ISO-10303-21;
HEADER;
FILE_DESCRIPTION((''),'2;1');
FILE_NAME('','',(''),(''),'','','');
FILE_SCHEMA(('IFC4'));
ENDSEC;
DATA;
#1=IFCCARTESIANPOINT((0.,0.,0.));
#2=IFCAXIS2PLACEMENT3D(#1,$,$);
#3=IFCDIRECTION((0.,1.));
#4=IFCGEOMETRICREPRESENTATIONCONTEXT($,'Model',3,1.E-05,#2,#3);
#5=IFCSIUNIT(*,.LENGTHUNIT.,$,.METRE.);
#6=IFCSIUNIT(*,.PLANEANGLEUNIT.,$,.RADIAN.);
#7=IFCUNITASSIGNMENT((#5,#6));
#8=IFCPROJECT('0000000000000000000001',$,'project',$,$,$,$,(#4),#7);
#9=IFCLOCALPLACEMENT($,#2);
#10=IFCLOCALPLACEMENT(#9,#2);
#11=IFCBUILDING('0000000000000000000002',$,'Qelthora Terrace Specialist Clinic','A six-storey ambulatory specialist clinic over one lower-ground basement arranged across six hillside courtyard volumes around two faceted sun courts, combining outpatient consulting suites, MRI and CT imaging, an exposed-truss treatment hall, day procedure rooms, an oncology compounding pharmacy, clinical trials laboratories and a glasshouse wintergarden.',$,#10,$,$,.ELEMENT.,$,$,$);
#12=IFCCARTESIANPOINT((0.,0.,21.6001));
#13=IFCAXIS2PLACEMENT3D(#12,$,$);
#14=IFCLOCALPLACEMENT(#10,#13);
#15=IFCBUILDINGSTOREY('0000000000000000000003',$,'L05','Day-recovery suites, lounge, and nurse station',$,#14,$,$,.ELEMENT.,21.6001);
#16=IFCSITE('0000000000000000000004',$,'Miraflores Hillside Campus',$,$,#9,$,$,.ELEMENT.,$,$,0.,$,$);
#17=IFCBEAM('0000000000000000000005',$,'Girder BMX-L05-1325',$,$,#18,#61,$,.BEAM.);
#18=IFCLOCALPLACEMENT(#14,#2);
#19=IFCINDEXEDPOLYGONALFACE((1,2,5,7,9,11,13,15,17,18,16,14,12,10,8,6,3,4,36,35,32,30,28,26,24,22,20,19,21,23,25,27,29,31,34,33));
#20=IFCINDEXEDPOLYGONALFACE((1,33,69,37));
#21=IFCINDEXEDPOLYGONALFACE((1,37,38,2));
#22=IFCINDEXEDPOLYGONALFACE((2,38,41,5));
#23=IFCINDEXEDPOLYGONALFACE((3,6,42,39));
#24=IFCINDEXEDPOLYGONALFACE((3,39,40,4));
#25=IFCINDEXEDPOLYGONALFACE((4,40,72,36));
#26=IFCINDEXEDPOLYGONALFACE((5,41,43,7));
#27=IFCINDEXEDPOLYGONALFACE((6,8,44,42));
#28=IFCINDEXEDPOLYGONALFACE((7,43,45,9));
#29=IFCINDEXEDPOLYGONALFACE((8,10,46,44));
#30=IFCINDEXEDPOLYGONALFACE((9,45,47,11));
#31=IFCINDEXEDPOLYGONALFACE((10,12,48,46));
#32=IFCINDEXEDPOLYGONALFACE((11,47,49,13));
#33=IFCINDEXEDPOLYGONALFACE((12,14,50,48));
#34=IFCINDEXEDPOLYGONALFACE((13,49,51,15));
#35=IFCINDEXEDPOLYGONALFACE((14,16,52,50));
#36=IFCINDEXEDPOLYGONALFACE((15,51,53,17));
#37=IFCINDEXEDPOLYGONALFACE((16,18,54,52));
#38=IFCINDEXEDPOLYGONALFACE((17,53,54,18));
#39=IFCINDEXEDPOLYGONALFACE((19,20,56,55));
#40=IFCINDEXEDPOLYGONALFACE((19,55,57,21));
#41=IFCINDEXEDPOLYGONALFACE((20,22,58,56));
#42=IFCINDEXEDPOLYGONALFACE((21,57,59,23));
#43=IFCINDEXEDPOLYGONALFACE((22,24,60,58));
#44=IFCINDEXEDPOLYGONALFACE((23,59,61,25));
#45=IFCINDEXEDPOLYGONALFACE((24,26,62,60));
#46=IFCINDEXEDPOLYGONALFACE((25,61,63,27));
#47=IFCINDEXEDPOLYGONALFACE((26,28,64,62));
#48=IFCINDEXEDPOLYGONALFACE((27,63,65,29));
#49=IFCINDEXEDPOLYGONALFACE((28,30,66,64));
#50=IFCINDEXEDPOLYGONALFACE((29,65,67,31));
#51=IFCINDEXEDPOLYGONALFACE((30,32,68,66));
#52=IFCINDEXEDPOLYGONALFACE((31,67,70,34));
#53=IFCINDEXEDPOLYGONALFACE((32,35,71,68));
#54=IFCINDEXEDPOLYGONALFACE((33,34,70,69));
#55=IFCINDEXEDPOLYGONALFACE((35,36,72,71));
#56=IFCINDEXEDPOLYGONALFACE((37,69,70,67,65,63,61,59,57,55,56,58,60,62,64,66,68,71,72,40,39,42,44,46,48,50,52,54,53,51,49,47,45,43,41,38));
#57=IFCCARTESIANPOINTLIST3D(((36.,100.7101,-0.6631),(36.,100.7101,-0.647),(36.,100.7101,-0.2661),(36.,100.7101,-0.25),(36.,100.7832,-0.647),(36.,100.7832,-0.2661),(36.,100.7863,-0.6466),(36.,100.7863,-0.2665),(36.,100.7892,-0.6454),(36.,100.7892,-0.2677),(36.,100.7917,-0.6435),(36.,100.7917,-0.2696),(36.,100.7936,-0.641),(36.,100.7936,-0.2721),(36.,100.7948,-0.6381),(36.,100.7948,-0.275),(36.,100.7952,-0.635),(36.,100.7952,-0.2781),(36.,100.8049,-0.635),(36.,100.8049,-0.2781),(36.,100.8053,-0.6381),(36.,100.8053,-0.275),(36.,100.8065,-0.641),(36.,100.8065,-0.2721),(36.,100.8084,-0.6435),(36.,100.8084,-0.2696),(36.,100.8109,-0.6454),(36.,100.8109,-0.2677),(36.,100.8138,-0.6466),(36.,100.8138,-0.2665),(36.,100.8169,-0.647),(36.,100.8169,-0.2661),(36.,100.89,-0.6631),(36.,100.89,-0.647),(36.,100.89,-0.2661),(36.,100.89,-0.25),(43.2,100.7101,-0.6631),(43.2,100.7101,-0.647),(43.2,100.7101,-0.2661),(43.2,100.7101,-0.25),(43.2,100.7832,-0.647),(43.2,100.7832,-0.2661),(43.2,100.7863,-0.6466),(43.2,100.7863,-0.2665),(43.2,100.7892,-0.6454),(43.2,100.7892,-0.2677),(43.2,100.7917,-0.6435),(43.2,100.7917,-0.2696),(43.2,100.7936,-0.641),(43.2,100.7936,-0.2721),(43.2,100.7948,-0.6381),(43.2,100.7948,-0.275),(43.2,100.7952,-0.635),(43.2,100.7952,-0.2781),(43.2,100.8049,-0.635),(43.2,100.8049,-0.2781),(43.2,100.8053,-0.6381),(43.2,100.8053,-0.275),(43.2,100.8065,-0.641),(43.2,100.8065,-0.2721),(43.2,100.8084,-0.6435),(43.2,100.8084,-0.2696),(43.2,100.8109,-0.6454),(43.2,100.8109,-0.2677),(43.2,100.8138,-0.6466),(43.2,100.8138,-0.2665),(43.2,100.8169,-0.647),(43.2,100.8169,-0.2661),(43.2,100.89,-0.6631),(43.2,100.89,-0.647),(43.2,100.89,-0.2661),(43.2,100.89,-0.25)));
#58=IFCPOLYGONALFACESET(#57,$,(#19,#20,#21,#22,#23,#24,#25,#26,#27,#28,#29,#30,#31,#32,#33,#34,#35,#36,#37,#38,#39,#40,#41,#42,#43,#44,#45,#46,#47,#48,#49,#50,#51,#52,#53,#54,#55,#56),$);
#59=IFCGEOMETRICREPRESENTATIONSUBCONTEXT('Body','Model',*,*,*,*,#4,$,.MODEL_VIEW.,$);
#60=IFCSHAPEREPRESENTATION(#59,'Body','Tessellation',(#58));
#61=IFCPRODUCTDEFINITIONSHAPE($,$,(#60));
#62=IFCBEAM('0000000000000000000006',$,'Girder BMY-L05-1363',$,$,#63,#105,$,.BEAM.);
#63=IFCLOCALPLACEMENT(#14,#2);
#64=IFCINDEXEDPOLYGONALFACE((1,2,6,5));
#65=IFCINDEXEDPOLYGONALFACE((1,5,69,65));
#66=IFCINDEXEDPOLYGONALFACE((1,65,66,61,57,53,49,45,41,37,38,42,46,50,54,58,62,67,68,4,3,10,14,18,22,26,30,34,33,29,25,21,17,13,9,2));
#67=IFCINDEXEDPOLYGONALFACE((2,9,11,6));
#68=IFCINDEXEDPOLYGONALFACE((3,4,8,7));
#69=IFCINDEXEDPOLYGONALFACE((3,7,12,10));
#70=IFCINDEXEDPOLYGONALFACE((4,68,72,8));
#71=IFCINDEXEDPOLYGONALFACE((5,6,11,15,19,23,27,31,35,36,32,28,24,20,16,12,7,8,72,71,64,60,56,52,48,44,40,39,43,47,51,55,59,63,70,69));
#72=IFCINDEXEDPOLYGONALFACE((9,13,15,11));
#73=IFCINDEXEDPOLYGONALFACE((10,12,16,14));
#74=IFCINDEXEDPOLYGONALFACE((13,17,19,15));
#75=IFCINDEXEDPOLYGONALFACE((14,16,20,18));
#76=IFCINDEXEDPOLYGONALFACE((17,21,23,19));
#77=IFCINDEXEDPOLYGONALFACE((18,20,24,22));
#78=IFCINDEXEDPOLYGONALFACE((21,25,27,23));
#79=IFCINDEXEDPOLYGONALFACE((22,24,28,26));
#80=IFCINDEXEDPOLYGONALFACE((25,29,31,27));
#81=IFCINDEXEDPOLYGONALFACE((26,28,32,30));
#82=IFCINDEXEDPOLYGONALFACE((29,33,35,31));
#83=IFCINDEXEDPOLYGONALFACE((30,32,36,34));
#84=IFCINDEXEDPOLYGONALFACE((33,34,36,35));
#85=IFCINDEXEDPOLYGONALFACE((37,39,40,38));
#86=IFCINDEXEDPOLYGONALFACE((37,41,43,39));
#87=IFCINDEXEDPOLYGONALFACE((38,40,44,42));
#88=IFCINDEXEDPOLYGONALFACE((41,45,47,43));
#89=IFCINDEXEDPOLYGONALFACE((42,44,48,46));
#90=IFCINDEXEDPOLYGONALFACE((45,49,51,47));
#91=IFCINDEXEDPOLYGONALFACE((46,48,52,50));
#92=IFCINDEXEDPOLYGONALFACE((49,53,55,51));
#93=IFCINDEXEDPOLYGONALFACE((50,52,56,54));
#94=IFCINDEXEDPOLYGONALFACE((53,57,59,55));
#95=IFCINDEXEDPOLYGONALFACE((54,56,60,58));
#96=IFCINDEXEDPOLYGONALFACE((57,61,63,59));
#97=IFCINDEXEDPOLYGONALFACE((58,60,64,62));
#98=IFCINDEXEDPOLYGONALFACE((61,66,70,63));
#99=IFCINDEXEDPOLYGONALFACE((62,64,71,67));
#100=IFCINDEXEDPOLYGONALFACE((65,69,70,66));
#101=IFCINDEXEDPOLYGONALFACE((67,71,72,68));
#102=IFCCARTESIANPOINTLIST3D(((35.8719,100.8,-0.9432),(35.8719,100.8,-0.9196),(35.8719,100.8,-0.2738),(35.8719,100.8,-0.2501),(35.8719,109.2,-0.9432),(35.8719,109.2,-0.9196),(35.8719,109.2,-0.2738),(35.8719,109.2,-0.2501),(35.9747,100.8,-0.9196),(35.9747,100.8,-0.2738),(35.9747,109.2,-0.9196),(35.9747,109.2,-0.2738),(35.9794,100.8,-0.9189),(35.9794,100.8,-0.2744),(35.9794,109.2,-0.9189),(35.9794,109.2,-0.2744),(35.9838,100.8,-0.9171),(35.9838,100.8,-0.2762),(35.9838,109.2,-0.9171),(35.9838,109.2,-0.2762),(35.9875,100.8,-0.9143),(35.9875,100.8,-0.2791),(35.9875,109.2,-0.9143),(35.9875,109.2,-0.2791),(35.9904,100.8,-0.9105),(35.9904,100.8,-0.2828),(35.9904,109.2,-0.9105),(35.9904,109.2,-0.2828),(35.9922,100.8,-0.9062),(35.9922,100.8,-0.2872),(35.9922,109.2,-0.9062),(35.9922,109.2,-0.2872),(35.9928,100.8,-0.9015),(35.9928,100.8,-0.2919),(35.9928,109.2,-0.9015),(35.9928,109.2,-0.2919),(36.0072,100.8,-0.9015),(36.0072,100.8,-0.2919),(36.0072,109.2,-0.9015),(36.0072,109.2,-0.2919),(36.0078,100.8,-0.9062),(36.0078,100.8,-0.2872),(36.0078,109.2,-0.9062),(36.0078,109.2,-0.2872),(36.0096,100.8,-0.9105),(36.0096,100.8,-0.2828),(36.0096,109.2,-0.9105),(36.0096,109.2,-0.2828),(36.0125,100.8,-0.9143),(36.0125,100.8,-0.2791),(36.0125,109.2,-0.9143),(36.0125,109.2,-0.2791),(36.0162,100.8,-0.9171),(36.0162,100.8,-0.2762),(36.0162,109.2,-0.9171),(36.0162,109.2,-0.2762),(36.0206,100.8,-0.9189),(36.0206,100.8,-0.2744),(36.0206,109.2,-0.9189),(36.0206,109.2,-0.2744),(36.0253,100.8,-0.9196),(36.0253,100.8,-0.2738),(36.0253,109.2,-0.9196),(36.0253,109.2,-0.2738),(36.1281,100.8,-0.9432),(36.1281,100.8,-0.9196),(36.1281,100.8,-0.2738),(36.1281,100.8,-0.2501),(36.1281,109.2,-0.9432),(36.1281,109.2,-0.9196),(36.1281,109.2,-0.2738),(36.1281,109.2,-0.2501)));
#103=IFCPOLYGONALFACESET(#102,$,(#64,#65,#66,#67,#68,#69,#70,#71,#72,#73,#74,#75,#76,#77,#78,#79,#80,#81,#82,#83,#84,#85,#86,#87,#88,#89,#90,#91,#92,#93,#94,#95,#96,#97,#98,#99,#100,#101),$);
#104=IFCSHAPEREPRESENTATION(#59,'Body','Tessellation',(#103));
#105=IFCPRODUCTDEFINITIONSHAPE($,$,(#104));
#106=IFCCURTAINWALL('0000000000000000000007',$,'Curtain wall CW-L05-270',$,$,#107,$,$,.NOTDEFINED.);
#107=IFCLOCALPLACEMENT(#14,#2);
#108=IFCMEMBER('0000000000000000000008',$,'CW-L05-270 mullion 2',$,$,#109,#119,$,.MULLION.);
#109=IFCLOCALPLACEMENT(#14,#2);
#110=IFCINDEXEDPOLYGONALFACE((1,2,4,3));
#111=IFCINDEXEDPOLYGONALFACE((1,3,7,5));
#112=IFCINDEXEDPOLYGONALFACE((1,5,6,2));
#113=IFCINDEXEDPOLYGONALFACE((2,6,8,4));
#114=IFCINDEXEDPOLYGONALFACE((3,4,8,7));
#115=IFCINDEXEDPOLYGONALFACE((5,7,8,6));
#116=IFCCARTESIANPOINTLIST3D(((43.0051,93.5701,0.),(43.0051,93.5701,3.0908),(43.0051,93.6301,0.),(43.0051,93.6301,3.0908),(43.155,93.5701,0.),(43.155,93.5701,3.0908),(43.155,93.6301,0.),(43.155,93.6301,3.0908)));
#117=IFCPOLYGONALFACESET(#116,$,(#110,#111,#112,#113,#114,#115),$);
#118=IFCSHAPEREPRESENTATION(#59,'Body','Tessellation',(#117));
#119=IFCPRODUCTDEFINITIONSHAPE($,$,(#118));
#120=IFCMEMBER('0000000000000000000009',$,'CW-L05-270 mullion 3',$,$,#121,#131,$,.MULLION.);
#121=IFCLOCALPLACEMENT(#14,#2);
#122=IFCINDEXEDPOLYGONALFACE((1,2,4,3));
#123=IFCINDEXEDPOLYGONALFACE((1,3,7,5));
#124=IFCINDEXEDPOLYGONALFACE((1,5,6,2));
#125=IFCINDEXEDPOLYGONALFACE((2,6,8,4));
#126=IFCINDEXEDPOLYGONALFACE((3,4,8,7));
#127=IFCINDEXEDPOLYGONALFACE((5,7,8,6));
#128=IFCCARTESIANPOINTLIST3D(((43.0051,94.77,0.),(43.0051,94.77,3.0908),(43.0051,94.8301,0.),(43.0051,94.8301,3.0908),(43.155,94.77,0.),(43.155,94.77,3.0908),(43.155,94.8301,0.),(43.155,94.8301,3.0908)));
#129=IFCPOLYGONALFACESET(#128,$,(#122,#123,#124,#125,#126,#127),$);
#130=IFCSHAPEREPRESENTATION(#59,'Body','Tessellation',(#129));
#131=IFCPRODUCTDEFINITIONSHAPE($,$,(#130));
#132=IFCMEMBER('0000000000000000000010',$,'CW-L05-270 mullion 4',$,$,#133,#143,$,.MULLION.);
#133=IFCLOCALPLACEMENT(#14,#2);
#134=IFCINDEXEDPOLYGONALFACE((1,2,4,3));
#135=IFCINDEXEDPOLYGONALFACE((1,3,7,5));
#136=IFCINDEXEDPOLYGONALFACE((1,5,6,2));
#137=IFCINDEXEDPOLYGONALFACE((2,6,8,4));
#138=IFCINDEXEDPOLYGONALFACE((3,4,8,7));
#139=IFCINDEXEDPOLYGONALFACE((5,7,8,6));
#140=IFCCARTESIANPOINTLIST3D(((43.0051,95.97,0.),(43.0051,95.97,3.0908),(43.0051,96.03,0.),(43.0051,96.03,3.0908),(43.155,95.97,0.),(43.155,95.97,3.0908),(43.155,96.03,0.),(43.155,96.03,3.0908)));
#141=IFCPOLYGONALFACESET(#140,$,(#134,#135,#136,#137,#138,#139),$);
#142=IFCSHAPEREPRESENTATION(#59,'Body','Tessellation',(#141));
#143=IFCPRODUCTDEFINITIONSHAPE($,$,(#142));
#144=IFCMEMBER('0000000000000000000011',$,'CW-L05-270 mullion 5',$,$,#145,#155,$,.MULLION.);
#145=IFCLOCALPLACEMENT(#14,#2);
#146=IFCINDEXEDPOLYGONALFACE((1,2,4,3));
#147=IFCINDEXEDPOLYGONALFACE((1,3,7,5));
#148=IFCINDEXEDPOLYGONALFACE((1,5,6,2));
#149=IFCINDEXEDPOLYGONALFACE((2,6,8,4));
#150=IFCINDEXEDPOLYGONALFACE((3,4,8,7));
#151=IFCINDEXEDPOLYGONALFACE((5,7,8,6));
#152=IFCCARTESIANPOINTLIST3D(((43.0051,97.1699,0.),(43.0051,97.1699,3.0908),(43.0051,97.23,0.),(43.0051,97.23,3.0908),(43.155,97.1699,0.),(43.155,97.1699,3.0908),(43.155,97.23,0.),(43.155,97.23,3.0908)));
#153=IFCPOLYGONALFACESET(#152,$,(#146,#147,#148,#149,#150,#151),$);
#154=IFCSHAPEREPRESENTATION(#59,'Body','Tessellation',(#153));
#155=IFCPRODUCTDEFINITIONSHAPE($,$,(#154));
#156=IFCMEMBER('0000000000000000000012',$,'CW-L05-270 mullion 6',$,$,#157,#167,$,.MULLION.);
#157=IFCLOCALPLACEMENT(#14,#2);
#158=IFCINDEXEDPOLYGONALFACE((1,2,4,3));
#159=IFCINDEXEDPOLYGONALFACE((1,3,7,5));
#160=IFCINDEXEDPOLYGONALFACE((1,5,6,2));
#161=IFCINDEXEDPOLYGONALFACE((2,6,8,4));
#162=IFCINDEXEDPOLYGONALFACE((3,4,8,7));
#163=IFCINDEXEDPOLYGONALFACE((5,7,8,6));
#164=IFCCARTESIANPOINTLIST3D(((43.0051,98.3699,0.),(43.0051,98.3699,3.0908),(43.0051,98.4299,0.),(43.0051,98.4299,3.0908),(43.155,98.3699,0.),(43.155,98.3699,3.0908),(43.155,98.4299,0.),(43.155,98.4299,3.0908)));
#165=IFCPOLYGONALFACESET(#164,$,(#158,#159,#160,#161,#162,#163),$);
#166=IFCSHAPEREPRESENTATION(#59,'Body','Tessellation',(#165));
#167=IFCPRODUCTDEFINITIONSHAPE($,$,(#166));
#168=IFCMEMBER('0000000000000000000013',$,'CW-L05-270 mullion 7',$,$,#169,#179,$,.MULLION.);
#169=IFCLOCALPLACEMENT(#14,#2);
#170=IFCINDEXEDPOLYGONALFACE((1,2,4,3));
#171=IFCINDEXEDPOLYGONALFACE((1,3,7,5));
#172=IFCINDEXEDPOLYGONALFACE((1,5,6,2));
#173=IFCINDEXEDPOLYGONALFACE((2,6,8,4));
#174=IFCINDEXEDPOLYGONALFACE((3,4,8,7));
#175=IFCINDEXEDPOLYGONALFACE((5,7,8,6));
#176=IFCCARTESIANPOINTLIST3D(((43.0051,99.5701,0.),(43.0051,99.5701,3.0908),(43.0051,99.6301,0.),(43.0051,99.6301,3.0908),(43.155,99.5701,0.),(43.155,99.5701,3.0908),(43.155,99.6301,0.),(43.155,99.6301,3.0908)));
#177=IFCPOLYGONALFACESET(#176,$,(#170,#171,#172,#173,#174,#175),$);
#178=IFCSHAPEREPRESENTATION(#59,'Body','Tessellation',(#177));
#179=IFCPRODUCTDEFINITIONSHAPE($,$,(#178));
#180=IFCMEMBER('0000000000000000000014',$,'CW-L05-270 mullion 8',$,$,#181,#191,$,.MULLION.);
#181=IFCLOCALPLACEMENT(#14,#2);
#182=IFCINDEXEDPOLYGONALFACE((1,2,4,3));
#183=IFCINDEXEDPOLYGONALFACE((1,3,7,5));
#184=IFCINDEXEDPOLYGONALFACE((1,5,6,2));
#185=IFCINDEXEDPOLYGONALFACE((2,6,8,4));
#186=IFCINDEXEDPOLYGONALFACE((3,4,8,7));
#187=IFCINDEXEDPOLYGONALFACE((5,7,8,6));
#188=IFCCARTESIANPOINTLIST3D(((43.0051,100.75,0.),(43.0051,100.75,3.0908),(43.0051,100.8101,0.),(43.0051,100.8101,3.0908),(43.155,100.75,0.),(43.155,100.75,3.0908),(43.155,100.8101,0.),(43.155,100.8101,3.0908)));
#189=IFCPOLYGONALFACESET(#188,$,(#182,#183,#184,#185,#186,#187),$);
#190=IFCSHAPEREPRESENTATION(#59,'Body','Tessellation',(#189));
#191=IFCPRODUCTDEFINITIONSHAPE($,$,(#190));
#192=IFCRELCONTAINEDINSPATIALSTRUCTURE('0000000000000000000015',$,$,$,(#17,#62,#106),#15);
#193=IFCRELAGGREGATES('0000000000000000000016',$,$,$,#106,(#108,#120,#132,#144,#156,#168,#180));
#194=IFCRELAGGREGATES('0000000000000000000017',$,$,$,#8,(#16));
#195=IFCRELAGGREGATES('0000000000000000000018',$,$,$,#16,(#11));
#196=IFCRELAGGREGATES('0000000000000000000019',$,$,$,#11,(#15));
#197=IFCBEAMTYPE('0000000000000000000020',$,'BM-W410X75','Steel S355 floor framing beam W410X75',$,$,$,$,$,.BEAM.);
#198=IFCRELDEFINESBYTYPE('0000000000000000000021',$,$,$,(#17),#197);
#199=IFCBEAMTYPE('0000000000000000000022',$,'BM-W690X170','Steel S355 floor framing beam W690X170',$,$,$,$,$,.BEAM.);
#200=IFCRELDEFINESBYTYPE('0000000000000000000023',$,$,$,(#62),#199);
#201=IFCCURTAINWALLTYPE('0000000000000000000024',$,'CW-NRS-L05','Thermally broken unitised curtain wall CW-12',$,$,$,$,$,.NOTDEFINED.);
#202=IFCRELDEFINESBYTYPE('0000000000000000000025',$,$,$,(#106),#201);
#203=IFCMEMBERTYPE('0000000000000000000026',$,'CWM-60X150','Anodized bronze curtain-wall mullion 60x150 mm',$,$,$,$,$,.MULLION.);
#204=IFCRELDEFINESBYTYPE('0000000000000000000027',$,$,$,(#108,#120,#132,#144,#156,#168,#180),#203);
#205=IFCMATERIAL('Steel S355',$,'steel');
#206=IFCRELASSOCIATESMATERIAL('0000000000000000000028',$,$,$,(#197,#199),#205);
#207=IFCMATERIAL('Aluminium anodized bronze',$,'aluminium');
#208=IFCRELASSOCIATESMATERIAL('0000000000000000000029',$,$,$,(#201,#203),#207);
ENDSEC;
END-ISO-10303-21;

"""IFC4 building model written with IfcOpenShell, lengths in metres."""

from ifc_helpers import new_model, si_unit, direction, frame, origin, origin_2d, place, context, subcontext, project, spatial, rectangle, i_section, extrude, material, material_profile, profile_set, type_object, element, aggregate, save


model = new_model("IFC4")

# Units and contexts
model_context = context("Model", 3, precision=1e-05, world=origin(), true_north=direction((0.0, 1.0)))
body_context = subcontext(model_context, "Body", "Model", "MODEL_VIEW")
ifc_project = project(units=[si_unit("LENGTHUNIT", "METRE"), si_unit("PLANEANGLEUNIT", "RADIAN")], contexts=[model_context])

# Site, building, storey
site_placement = place(None, origin())
site = spatial("IfcSite", under=ifc_project, at=site_placement, Name="Miraflores Hillside Campus", CompositionType="ELEMENT", RefElevation=0.0)
building_placement = place(site_placement, origin())
building = spatial("IfcBuilding", under=site, at=building_placement, Name="Qelthora Terrace Specialist Clinic", Description="A six-storey ambulatory specialist clinic over one lower-ground basement arranged across six hillside courtyard volumes around two faceted sun courts, combining outpatient consulting suites, MRI and CT imaging, an exposed-truss treatment hall, day procedure rooms, an oncology compounding pharmacy, clinical trials laboratories and a glasshouse wintergarden.", CompositionType="ELEMENT")
storey_placement = place(building_placement, frame((0.0, 0.0, 21.6001)))
storey = spatial("IfcBuildingStorey", under=building, at=storey_placement, Name="L05", Description="Day-recovery suites, lounge, and nurse station", CompositionType="ELEMENT", Elevation=21.6001)

# Beams
ifc_material_1 = material(Name="Steel S355", Category="steel")
ifc_material_profile_1 = material_profile(ifc_material_1, i_section(OverallWidth=0.1799, OverallDepth=0.4131, WebThickness=0.0098, FlangeThickness=0.0161, FilletRadius=0.012, at=origin_2d()), Name="W410X75")
ifc_profile_set_1 = profile_set([ifc_material_profile_1], Name="Steel S355")
beam_type_1 = type_object("IfcBeamType", Name="BM-W410X75", Description="Steel S355 floor framing beam W410X75", PredefinedType="BEAM", material=ifc_profile_set_1)
beam_1_placement = place(storey_placement, frame((36.0, 100.8, -0.4565), z_axis=(1.0, 0.0, 0.0), x_axis=(0.0, 1.0, 0.0)))
element("IfcBeam", 1, at=beam_1_placement, inside=storey, type_object=beam_type_1, Name="Girder BMX-L05-1325", PredefinedType="BEAM", context=body_context, shape_type="SweptSolid", body=[
    extrude(i_section(OverallWidth=0.1799, OverallDepth=0.4131, WebThickness=0.0098, FlangeThickness=0.0161, FilletRadius=0.012, at=origin_2d()), origin(), (0.0, 0.0, 1.0), 7.2),
])
ifc_material_profile_2 = material_profile(ifc_material_1, i_section(OverallWidth=0.2561, OverallDepth=0.6931, WebThickness=0.0144, FlangeThickness=0.0237, FilletRadius=0.0181, at=origin_2d()), Name="W690X170")
ifc_profile_set_2 = profile_set([ifc_material_profile_2], Name="Steel S355")
beam_type_2 = type_object("IfcBeamType", Name="BM-W690X170", Description="Steel S355 floor framing beam W690X170", PredefinedType="BEAM", material=ifc_profile_set_2)
beam_2_placement = place(storey_placement, frame((36.0, 100.8, -0.5967), z_axis=(0.0, 1.0, 0.0), x_axis=(-1.0, 0.0, 0.0)))
element("IfcBeam", 2, at=beam_2_placement, inside=storey, type_object=beam_type_2, Name="Girder BMY-L05-1363", PredefinedType="BEAM", context=body_context, shape_type="SweptSolid", body=[
    extrude(i_section(OverallWidth=0.2561, OverallDepth=0.6931, WebThickness=0.0144, FlangeThickness=0.0237, FilletRadius=0.0181, at=origin_2d()), origin(), (0.0, 0.0, 1.0), 8.3999),
])

# Curtain wall, members
ifc_material_2 = material(Name="Aluminium anodized bronze", Category="aluminium")
curtain_wall_type = type_object("IfcCurtainWallType", Name="CW-NRS-L05", Description="Thermally broken unitised curtain wall CW-12", PredefinedType="NOTDEFINED", material=ifc_material_2)
curtain_wall_placement = place(storey_placement, origin())
curtain_wall = element("IfcCurtainWall", 3, at=curtain_wall_placement, inside=storey, type_object=curtain_wall_type, Name="Curtain wall CW-L05-270", PredefinedType="NOTDEFINED")
ifc_material_profile_3 = material_profile(ifc_material_2, rectangle(XDim=0.0601, YDim=0.1499, at=origin_2d()), Name="CWM60X150")
ifc_profile_set_3 = profile_set([ifc_material_profile_3], Name="Aluminium anodized bronze")
member_type_1 = type_object("IfcMemberType", Name="CWM-60X150", Description="Anodized bronze curtain-wall mullion 60x150 mm", PredefinedType="MULLION", material=ifc_profile_set_3)
member_1_placement = place(storey_placement, frame((43.0801, 93.6001, 0.0), z_axis=(0.0, 0.0, 1.0), x_axis=(0.0, 1.0, 0.0)))
member_1 = element("IfcMember", 4, at=member_1_placement, type_object=member_type_1, Name="CW-L05-270 mullion 2", PredefinedType="MULLION", context=body_context, shape_type="SweptSolid", body=[
    extrude(rectangle(XDim=0.0601, YDim=0.1499, at=origin_2d()), origin(), (0.0, 0.0, 1.0), 3.0908),
])
member_2_placement = place(storey_placement, frame((43.0801, 94.8, 0.0), z_axis=(0.0, 0.0, 1.0), x_axis=(0.0, 1.0, 0.0)))
member_2 = element("IfcMember", 5, at=member_2_placement, type_object=member_type_1, Name="CW-L05-270 mullion 3", PredefinedType="MULLION", context=body_context, shape_type="SweptSolid", body=[
    extrude(rectangle(XDim=0.0601, YDim=0.1499, at=origin_2d()), origin(), (0.0, 0.0, 1.0), 3.0908),
])
member_3_placement = place(storey_placement, frame((43.0801, 96.0, 0.0), z_axis=(0.0, 0.0, 1.0), x_axis=(0.0, 1.0, 0.0)))
member_3 = element("IfcMember", 6, at=member_3_placement, type_object=member_type_1, Name="CW-L05-270 mullion 4", PredefinedType="MULLION", context=body_context, shape_type="SweptSolid", body=[
    extrude(rectangle(XDim=0.0601, YDim=0.1499, at=origin_2d()), origin(), (0.0, 0.0, 1.0), 3.0908),
])
member_4_placement = place(storey_placement, frame((43.0801, 97.2, 0.0), z_axis=(0.0, 0.0, 1.0), x_axis=(0.0, 1.0, 0.0)))
member_4 = element("IfcMember", 7, at=member_4_placement, type_object=member_type_1, Name="CW-L05-270 mullion 5", PredefinedType="MULLION", context=body_context, shape_type="SweptSolid", body=[
    extrude(rectangle(XDim=0.0601, YDim=0.1499, at=origin_2d()), origin(), (0.0, 0.0, 1.0), 3.0908),
])
member_5_placement = place(storey_placement, frame((43.0801, 98.3999, 0.0), z_axis=(0.0, 0.0, 1.0), x_axis=(0.0, 1.0, 0.0)))
member_5 = element("IfcMember", 8, at=member_5_placement, type_object=member_type_1, Name="CW-L05-270 mullion 6", PredefinedType="MULLION", context=body_context, shape_type="SweptSolid", body=[
    extrude(rectangle(XDim=0.0601, YDim=0.1499, at=origin_2d()), origin(), (0.0, 0.0, 1.0), 3.0908),
])
member_6_placement = place(storey_placement, frame((43.0801, 99.6001, 0.0), z_axis=(0.0, 0.0, 1.0), x_axis=(0.0, 1.0, 0.0)))
member_6 = element("IfcMember", 9, at=member_6_placement, type_object=member_type_1, Name="CW-L05-270 mullion 7", PredefinedType="MULLION", context=body_context, shape_type="SweptSolid", body=[
    extrude(rectangle(XDim=0.0601, YDim=0.1499, at=origin_2d()), origin(), (0.0, 0.0, 1.0), 3.0908),
])
member_7_placement = place(storey_placement, frame((43.0801, 100.78, 0.0), z_axis=(0.0, 0.0, 1.0), x_axis=(0.0, 1.0, 0.0)))
member_7 = element("IfcMember", 10, at=member_7_placement, type_object=member_type_1, Name="CW-L05-270 mullion 8", PredefinedType="MULLION", context=body_context, shape_type="SweptSolid", body=[
    extrude(rectangle(XDim=0.0601, YDim=0.1499, at=origin_2d()), origin(), (0.0, 0.0, 1.0), 3.0908),
])

aggregate(curtain_wall, [member_1, member_2, member_3, member_4, member_5, member_6, member_7])

save(model, "model.ifc")
